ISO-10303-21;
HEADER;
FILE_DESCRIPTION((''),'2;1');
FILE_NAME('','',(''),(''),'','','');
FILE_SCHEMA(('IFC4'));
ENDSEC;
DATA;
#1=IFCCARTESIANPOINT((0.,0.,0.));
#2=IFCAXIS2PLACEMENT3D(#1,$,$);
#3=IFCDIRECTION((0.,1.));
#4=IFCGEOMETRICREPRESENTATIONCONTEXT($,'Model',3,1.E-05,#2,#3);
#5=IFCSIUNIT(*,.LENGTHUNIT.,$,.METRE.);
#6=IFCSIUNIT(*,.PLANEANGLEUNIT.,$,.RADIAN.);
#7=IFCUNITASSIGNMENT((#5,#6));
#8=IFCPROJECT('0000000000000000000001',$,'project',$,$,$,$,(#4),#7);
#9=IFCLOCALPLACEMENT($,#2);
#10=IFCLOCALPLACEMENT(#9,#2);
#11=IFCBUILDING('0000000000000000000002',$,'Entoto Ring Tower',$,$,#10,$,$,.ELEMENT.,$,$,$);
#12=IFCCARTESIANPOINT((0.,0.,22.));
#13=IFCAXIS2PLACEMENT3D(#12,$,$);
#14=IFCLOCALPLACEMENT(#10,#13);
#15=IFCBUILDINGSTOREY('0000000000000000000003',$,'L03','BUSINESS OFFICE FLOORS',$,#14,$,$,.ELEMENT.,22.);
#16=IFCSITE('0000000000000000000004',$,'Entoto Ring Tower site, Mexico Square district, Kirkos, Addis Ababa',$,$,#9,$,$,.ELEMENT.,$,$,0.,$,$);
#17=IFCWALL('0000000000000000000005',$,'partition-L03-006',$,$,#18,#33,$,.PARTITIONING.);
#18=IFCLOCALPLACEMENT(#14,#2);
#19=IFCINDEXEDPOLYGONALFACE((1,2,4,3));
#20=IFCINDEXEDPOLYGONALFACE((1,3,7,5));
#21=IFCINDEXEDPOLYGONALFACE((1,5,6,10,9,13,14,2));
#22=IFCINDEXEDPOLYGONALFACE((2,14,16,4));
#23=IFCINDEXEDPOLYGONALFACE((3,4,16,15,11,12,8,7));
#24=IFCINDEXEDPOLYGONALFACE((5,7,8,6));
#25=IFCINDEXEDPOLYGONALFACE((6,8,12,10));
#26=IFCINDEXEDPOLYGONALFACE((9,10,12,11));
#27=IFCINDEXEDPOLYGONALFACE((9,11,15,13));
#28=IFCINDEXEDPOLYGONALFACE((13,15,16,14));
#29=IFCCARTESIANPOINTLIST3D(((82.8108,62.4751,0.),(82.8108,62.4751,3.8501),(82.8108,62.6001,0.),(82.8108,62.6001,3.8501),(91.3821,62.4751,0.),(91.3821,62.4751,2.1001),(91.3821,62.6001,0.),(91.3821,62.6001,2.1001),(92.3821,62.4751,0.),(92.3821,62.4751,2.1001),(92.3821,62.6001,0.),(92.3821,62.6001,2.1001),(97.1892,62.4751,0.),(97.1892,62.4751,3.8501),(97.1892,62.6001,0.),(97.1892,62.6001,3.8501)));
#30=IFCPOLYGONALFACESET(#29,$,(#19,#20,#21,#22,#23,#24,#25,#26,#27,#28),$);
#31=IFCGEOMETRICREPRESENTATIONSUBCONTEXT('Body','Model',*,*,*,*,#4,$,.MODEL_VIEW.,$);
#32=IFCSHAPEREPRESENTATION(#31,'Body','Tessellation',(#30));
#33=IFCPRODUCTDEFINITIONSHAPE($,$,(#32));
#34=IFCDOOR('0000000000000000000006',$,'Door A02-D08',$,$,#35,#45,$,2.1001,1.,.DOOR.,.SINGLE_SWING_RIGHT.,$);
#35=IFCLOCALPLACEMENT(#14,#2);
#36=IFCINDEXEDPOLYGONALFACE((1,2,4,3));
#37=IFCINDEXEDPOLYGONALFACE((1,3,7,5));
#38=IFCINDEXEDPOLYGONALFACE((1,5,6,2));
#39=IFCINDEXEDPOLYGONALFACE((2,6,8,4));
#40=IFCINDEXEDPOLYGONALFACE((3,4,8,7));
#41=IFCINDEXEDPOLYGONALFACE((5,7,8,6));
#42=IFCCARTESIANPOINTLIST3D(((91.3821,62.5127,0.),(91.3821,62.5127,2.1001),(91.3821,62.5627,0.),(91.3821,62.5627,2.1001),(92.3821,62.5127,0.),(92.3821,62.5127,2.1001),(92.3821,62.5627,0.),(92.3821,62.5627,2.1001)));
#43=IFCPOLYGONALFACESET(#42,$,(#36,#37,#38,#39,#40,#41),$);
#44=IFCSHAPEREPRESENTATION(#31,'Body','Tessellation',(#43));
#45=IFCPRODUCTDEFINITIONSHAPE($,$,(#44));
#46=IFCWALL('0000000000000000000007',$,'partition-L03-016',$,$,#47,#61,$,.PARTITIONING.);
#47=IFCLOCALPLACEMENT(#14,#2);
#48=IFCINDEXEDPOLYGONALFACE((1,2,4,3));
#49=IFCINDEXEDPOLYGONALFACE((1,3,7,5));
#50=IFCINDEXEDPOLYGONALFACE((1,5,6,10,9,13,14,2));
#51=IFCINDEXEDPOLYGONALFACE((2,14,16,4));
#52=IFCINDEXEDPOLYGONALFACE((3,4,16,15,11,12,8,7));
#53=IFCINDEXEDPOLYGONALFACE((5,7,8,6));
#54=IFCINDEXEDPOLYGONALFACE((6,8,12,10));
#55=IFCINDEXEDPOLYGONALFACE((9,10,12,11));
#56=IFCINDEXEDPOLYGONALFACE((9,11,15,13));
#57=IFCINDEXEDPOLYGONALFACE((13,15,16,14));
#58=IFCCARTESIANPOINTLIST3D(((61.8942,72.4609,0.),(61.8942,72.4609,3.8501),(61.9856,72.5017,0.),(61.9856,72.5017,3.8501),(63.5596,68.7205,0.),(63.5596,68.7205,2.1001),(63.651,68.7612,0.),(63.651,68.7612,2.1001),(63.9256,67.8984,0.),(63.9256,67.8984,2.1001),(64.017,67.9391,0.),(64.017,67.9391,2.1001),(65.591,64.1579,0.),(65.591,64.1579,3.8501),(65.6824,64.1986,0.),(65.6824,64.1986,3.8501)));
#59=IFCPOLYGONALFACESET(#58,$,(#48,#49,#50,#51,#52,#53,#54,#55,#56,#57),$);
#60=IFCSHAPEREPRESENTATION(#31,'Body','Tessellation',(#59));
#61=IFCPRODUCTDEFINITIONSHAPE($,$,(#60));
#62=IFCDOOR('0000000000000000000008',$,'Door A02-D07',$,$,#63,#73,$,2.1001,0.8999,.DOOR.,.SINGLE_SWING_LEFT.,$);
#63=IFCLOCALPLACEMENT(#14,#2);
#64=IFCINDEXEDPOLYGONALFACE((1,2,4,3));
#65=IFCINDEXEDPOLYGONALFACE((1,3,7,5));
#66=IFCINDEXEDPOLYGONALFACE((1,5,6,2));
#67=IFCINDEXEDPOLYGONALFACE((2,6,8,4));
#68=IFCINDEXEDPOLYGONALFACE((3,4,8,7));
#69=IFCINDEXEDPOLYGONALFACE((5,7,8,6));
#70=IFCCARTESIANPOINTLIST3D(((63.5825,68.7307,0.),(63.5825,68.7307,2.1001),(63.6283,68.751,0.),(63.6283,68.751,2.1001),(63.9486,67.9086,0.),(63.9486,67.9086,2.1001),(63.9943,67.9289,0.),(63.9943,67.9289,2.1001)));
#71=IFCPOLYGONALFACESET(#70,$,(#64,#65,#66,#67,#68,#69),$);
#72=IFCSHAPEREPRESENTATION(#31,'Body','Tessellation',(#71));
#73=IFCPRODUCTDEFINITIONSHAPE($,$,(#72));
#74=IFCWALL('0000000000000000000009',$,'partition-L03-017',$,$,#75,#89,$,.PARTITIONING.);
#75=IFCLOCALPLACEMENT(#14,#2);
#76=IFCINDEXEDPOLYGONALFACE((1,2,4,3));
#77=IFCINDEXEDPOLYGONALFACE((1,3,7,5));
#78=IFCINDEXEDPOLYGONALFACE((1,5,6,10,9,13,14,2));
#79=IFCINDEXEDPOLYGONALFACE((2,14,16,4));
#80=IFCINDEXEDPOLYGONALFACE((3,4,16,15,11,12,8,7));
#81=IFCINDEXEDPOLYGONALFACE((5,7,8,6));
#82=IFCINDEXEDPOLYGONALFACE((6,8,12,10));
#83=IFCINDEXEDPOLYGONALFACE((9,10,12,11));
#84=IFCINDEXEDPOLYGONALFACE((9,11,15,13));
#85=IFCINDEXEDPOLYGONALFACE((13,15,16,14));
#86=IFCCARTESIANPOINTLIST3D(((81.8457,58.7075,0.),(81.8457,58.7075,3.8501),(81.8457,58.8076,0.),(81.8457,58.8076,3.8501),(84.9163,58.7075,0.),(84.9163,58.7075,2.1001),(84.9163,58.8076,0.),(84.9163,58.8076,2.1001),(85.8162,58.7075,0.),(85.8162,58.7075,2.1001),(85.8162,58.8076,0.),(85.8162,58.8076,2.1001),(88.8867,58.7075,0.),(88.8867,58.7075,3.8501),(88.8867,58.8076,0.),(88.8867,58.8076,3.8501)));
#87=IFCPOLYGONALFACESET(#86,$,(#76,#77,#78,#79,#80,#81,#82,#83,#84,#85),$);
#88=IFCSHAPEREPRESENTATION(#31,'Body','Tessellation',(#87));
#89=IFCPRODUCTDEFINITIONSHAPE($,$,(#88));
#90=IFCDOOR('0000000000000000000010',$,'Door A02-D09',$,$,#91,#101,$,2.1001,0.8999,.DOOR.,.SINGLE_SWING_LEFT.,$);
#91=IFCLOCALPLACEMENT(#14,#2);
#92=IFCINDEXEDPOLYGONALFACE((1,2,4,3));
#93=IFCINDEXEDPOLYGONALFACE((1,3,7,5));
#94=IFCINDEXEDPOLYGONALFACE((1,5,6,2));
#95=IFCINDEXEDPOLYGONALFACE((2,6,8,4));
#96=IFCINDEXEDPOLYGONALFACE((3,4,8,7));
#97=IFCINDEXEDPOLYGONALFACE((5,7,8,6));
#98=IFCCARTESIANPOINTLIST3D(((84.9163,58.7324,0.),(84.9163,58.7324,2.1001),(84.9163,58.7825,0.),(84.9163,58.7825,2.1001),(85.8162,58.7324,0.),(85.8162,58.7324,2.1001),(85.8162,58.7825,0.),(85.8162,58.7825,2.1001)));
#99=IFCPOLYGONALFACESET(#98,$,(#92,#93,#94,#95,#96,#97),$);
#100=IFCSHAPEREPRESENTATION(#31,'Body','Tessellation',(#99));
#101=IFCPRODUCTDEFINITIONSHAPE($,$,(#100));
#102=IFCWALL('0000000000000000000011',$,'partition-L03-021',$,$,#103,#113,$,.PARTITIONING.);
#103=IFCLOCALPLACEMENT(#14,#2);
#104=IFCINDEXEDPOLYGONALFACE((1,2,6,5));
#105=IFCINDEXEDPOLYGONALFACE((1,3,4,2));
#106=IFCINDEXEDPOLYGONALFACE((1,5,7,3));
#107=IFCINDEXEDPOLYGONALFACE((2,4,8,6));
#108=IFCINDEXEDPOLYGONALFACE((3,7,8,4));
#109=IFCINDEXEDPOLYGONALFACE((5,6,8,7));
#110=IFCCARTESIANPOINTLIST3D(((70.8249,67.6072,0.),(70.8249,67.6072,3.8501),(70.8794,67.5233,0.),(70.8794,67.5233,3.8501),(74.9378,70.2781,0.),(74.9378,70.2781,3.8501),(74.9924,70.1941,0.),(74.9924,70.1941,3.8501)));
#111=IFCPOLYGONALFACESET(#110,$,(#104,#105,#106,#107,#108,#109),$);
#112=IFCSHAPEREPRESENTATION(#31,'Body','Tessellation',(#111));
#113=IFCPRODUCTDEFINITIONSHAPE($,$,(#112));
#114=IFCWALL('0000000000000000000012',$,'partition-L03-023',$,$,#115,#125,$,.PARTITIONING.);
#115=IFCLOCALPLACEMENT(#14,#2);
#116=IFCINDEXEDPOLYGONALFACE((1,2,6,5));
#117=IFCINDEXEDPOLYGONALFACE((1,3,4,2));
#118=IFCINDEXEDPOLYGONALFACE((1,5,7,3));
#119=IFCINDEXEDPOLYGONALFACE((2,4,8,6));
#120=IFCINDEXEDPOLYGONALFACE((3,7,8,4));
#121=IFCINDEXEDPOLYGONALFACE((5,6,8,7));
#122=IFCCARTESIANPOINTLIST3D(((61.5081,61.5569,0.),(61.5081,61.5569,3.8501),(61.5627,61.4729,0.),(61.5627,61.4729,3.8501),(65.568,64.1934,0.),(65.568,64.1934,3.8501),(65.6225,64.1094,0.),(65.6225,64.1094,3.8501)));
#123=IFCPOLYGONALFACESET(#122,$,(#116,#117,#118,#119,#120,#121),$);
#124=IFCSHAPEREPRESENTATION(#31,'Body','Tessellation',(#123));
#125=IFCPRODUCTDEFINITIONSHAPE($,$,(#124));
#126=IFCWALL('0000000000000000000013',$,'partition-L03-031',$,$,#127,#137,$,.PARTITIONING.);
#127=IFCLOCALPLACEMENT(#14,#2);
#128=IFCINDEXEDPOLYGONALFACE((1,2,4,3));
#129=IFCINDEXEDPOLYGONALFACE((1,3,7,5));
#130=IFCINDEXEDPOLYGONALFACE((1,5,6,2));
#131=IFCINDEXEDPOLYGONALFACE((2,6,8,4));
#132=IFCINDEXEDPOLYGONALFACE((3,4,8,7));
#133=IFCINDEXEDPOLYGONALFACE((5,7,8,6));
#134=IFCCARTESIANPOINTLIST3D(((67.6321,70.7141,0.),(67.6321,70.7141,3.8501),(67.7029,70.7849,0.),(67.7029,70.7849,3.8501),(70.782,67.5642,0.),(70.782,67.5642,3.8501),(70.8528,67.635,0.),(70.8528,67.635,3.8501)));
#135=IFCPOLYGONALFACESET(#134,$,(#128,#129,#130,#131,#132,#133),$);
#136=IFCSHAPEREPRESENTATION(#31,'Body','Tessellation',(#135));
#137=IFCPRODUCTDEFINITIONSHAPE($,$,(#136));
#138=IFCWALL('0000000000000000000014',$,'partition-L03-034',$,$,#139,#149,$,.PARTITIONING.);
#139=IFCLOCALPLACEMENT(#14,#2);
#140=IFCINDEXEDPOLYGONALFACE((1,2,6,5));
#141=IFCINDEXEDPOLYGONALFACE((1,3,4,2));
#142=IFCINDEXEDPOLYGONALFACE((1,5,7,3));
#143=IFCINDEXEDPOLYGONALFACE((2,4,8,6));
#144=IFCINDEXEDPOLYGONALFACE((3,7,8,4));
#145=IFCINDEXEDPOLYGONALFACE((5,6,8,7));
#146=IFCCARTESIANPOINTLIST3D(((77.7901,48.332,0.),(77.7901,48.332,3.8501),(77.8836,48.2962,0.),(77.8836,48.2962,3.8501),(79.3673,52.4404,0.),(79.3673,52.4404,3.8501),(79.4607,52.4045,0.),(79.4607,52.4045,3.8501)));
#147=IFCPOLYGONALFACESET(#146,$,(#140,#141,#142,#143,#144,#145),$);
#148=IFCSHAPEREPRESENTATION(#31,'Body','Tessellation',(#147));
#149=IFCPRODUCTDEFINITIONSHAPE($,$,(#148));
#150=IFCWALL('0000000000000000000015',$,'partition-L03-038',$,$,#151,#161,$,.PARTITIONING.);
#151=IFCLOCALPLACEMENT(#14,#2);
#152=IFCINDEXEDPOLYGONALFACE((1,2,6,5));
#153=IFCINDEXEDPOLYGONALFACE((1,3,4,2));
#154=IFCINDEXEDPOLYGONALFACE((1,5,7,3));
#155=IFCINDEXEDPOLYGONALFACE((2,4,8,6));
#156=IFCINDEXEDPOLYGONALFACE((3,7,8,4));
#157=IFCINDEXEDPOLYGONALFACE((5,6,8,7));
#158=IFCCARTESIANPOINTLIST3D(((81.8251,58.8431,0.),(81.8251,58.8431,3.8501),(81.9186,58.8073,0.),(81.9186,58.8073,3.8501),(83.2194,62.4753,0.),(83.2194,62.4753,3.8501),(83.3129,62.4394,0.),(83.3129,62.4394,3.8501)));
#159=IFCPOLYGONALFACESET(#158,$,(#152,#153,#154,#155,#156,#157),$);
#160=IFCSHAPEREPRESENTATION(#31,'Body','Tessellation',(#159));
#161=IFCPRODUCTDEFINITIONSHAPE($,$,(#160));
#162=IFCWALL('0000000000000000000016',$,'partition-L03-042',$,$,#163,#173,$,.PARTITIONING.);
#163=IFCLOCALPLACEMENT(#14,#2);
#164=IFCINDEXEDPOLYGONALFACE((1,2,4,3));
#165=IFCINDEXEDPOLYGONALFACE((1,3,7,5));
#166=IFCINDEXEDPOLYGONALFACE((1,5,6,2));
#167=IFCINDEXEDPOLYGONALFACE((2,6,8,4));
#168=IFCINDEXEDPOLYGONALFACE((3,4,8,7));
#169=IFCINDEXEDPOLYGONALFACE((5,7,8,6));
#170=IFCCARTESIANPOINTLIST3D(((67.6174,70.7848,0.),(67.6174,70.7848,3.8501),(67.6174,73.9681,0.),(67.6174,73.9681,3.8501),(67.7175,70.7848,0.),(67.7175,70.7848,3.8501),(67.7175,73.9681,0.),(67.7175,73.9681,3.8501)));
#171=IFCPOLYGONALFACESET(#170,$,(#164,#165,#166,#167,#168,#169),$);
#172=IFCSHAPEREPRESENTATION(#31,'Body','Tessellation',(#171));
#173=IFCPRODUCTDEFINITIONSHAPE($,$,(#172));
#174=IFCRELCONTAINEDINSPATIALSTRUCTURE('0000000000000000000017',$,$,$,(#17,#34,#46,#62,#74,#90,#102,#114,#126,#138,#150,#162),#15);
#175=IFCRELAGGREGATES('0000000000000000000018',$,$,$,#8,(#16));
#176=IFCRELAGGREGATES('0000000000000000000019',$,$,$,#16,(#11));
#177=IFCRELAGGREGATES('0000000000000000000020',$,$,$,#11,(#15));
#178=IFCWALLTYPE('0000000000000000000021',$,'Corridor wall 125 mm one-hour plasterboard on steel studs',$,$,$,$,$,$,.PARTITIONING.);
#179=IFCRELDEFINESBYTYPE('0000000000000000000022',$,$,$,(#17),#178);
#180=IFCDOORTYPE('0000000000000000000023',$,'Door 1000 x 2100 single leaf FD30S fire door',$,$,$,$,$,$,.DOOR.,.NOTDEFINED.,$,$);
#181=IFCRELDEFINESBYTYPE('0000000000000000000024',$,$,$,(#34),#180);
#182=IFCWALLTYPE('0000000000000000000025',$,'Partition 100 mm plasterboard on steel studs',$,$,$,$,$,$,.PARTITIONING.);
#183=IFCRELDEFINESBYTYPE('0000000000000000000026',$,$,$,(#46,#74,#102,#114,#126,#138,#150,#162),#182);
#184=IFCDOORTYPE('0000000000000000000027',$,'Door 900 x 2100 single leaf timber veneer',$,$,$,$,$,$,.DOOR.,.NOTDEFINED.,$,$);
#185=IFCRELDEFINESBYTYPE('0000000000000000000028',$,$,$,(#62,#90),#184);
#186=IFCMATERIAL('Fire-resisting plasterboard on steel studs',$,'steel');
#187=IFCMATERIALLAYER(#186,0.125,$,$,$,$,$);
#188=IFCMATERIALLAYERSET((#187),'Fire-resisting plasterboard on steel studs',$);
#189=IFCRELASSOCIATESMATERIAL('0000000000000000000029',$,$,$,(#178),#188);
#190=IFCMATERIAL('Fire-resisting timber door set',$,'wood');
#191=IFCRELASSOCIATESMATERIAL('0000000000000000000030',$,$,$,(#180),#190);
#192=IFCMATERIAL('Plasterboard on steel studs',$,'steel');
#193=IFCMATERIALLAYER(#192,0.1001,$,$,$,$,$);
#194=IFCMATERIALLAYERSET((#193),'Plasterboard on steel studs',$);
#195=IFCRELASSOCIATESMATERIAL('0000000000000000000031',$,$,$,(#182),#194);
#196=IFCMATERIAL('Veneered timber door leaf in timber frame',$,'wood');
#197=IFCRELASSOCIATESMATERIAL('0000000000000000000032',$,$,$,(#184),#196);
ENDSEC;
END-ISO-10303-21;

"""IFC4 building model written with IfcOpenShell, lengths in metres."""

from ifc_helpers import new_model, si_unit, direction, frame, frame_2d, origin, place, context, subcontext, project, spatial, rectangle, extrude, material, layer, layer_set, type_object, element, fill, save


model = new_model("IFC4")

# Units and contexts
model_context = context("Model", 3, precision=1e-05, world=origin(), true_north=direction((0.0, 1.0)))
body_context = subcontext(model_context, "Body", "Model", "MODEL_VIEW")
ifc_project = project(units=[si_unit("LENGTHUNIT", "METRE"), si_unit("PLANEANGLEUNIT", "RADIAN")], contexts=[model_context])

# Site, building, storey
site_placement = place(None, origin())
site = spatial("IfcSite", under=ifc_project, at=site_placement, Name="Entoto Ring Tower site, Mexico Square district, Kirkos, Addis Ababa", CompositionType="ELEMENT", RefElevation=0.0)
building_placement = place(site_placement, origin())
building = spatial("IfcBuilding", under=site, at=building_placement, Name="Entoto Ring Tower", CompositionType="ELEMENT")
storey_placement = place(building_placement, frame((0.0, 0.0, 22.0)))
storey = spatial("IfcBuildingStorey", under=building, at=storey_placement, Name="L03", Description="BUSINESS OFFICE FLOORS", CompositionType="ELEMENT", Elevation=22.0)

# Shared definitions
ifc_material_1 = material(Name="Fire-resisting plasterboard on steel studs", Category="steel")
ifc_layer_1 = layer(ifc_material_1, 0.125)
ifc_layer_set_1 = layer_set([ifc_layer_1], Name="Fire-resisting plasterboard on steel studs")
wall_type_1 = type_object("IfcWallType", Name="Corridor wall 125 mm one-hour plasterboard on steel studs", PredefinedType="PARTITIONING", material=ifc_layer_set_1)

# Walls, openings, doors
wall_1_placement = place(storey_placement, frame((82.8108, 62.5376, 0.0), z_axis=(0.0, 0.0, 1.0), x_axis=(1.0, 0.0, 0.0)))
wall_1 = element("IfcWall", 1, at=wall_1_placement, inside=storey, type_object=wall_type_1, Name="partition-L03-006", PredefinedType="PARTITIONING", context=body_context, shape_type="SweptSolid", body=[
    extrude(rectangle(XDim=14.3784, YDim=0.125, at=frame_2d((7.1892, 0.0))), origin(), (0.0, 0.0, 1.0), 3.8501),
])
opening_1_placement = place(wall_1_placement, frame((8.5713, 0.0, 0.0)))
opening_1 = element("IfcOpeningElement", 2, at=opening_1_placement, cuts=wall_1, PredefinedType="OPENING", context=body_context, shape_type="SweptSolid", body=[
    extrude(rectangle(XDim=1.0, YDim=2.1001, at=frame_2d((0.5, 1.05))), frame((0.0, 0.0725, 0.0), z_axis=(0.0, -1.0, 0.0), x_axis=(1.0, 0.0, 0.0)), (0.0, 0.0, 1.0), 0.145),
])
ifc_material_2 = material(Name="Fire-resisting timber door set", Category="wood")
door_type_1 = type_object("IfcDoorType", Name="Door 1000 x 2100 single leaf FD30S fire door", OperationType="NOTDEFINED", PredefinedType="DOOR", material=ifc_material_2)
door_1_placement = place(opening_1_placement, frame((1.0, 0.0, 0.0), z_axis=(0.0, 0.0, 1.0), x_axis=(-1.0, 0.0, 0.0)))
door_1 = element("IfcDoor", 3, at=door_1_placement, inside=storey, type_object=door_type_1, Name="Door A02-D08", OperationType="SINGLE_SWING_RIGHT", OverallHeight=2.1001, OverallWidth=1.0, PredefinedType="DOOR", context=body_context, shape_type="SweptSolid", body=[
    extrude(rectangle(XDim=1.0, YDim=2.1001, at=frame_2d((0.5, 1.05))), frame((0.0, 0.0249, 0.0), z_axis=(0.0, -1.0, 0.0), x_axis=(1.0, 0.0, 0.0)), (0.0, 0.0, 1.0), 0.05),
])
fill(opening_1, door_1)
ifc_material_3 = material(Name="Plasterboard on steel studs", Category="steel")
ifc_layer_2 = layer(ifc_material_3, 0.1001)
ifc_layer_set_2 = layer_set([ifc_layer_2], Name="Plasterboard on steel studs")
wall_type_2 = type_object("IfcWallType", Name="Partition 100 mm plasterboard on steel studs", PredefinedType="PARTITIONING", material=ifc_layer_set_2)
wall_2_placement = place(storey_placement, frame((65.6367, 64.1782, 0.0), z_axis=(0.0, 0.0, 1.0), x_axis=(-0.406742, 0.913543, 0.0)))
wall_2 = element("IfcWall", 4, at=wall_2_placement, inside=storey, type_object=wall_type_2, Name="partition-L03-016", PredefinedType="PARTITIONING", context=body_context, shape_type="SweptSolid", body=[
    extrude(rectangle(XDim=9.0889, YDim=0.1001, at=frame_2d((4.5444, 0.0))), origin(), (0.0, 0.0, 1.0), 3.8501),
])
opening_2_placement = place(wall_2_placement, frame((4.0945, 0.0, 0.0)))
opening_2 = element("IfcOpeningElement", 5, at=opening_2_placement, cuts=wall_2, PredefinedType="OPENING", context=body_context, shape_type="SweptSolid", body=[
    extrude(rectangle(XDim=0.8999, YDim=2.1001, at=frame_2d((0.45, 1.05))), frame((0.0, 0.0601, 0.0), z_axis=(0.0, -1.0, 0.0), x_axis=(1.0, 0.0, 0.0)), (0.0, 0.0, 1.0), 0.1201),
])
ifc_material_4 = material(Name="Veneered timber door leaf in timber frame", Category="wood")
door_type_2 = type_object("IfcDoorType", Name="Door 900 x 2100 single leaf timber veneer", OperationType="NOTDEFINED", PredefinedType="DOOR", material=ifc_material_4)
door_2_placement = place(opening_2_placement, origin())
door_2 = element("IfcDoor", 6, at=door_2_placement, inside=storey, type_object=door_type_2, Name="Door A02-D07", OperationType="SINGLE_SWING_LEFT", OverallHeight=2.1001, OverallWidth=0.8999, PredefinedType="DOOR", context=body_context, shape_type="SweptSolid", body=[
    extrude(rectangle(XDim=0.8999, YDim=2.1001, at=frame_2d((0.45, 1.05))), frame((0.0, 0.0249, 0.0), z_axis=(0.0, -1.0, 0.0), x_axis=(1.0, 0.0, 0.0)), (0.0, 0.0, 1.0), 0.05),
])
fill(opening_2, door_2)
wall_3_placement = place(storey_placement, frame((81.8457, 58.7576, 0.0), z_axis=(0.0, 0.0, 1.0), x_axis=(1.0, 0.0, 0.0)))
wall_3 = element("IfcWall", 7, at=wall_3_placement, inside=storey, type_object=wall_type_2, Name="partition-L03-017", PredefinedType="PARTITIONING", context=body_context, shape_type="SweptSolid", body=[
    extrude(rectangle(XDim=7.041, YDim=0.1001, at=frame_2d((3.5205, 0.0))), origin(), (0.0, 0.0, 1.0), 3.8501),
])
opening_3_placement = place(wall_3_placement, frame((3.0706, 0.0, 0.0)))
opening_3 = element("IfcOpeningElement", 8, at=opening_3_placement, cuts=wall_3, PredefinedType="OPENING", context=body_context, shape_type="SweptSolid", body=[
    extrude(rectangle(XDim=0.8999, YDim=2.1001, at=frame_2d((0.45, 1.05))), frame((0.0, 0.0601, 0.0), z_axis=(0.0, -1.0, 0.0), x_axis=(1.0, 0.0, 0.0)), (0.0, 0.0, 1.0), 0.1201),
])
door_3_placement = place(opening_3_placement, origin())
door_3 = element("IfcDoor", 9, at=door_3_placement, inside=storey, type_object=door_type_2, Name="Door A02-D09", OperationType="SINGLE_SWING_LEFT", OverallHeight=2.1001, OverallWidth=0.8999, PredefinedType="DOOR", context=body_context, shape_type="SweptSolid", body=[
    extrude(rectangle(XDim=0.8999, YDim=2.1001, at=frame_2d((0.45, 1.05))), frame((0.0, 0.0249, 0.0), z_axis=(0.0, -1.0, 0.0), x_axis=(1.0, 0.0, 0.0)), (0.0, 0.0, 1.0), 0.05),
])
fill(opening_3, door_3)

# Walls
wall_4_placement = place(storey_placement, frame((70.8521, 67.5652, 0.0), z_axis=(0.0, 0.0, 1.0), x_axis=(0.838684, 0.544619, 0.0)))
element("IfcWall", 10, at=wall_4_placement, inside=storey, type_object=wall_type_2, Name="partition-L03-021", PredefinedType="PARTITIONING", context=body_context, shape_type="SweptSolid", body=[
    extrude(rectangle(XDim=4.9041, YDim=0.1001, at=frame_2d((2.4521, 0.0))), origin(), (0.0, 0.0, 1.0), 3.8501),
])
wall_5_placement = place(storey_placement, frame((61.5354, 61.5149, 0.0), z_axis=(0.0, 0.0, 1.0), x_axis=(0.838671, 0.544639, 0.0)))
element("IfcWall", 11, at=wall_5_placement, inside=storey, type_object=wall_type_2, Name="partition-L03-023", PredefinedType="PARTITIONING", context=body_context, shape_type="SweptSolid", body=[
    extrude(rectangle(XDim=4.8408, YDim=0.1001, at=frame_2d((2.4204, 0.0))), origin(), (0.0, 0.0, 1.0), 3.8501),
])
wall_6_placement = place(storey_placement, frame((70.8174, 67.5996, 0.0), z_axis=(0.0, 0.0, 1.0), x_axis=(-0.707107, 0.707107, 0.0)))
element("IfcWall", 12, at=wall_6_placement, inside=storey, type_object=wall_type_2, Name="partition-L03-031", PredefinedType="PARTITIONING", context=body_context, shape_type="SweptSolid", body=[
    extrude(rectangle(XDim=4.4546, YDim=0.1001, at=frame_2d((2.2273, 0.0))), origin(), (0.0, 0.0, 1.0), 3.8501),
])
wall_7_placement = place(storey_placement, frame((77.8369, 48.3142, 0.0), z_axis=(0.0, 0.0, 1.0), x_axis=(0.358384, 0.933574, 0.0)))
element("IfcWall", 13, at=wall_7_placement, inside=storey, type_object=wall_type_2, Name="partition-L03-034", PredefinedType="PARTITIONING", context=body_context, shape_type="SweptSolid", body=[
    extrude(rectangle(XDim=4.4006, YDim=0.1001, at=frame_2d((2.2002, 0.0))), origin(), (0.0, 0.0, 1.0), 3.8501),
])
wall_8_placement = place(storey_placement, frame((81.8718, 58.8252, 0.0), z_axis=(0.0, 0.0, 1.0), x_axis=(0.358382, 0.933575, 0.0)))
element("IfcWall", 14, at=wall_8_placement, inside=storey, type_object=wall_type_2, Name="partition-L03-038", PredefinedType="PARTITIONING", context=body_context, shape_type="SweptSolid", body=[
    extrude(rectangle(XDim=3.8906, YDim=0.1001, at=frame_2d((1.9453, 0.0))), origin(), (0.0, 0.0, 1.0), 3.8501),
])
wall_9_placement = place(storey_placement, frame((67.6675, 70.7847, 0.0), z_axis=(0.0, 0.0, 1.0), x_axis=(0.0, 1.0, 0.0)))
element("IfcWall", 15, at=wall_9_placement, inside=storey, type_object=wall_type_2, Name="partition-L03-042", PredefinedType="PARTITIONING", context=body_context, shape_type="SweptSolid", body=[
    extrude(rectangle(XDim=3.1833, YDim=0.1001, at=frame_2d((1.5918, 0.0))), origin(), (0.0, 0.0, 1.0), 3.8501),
])

save(model, "model.ifc")
